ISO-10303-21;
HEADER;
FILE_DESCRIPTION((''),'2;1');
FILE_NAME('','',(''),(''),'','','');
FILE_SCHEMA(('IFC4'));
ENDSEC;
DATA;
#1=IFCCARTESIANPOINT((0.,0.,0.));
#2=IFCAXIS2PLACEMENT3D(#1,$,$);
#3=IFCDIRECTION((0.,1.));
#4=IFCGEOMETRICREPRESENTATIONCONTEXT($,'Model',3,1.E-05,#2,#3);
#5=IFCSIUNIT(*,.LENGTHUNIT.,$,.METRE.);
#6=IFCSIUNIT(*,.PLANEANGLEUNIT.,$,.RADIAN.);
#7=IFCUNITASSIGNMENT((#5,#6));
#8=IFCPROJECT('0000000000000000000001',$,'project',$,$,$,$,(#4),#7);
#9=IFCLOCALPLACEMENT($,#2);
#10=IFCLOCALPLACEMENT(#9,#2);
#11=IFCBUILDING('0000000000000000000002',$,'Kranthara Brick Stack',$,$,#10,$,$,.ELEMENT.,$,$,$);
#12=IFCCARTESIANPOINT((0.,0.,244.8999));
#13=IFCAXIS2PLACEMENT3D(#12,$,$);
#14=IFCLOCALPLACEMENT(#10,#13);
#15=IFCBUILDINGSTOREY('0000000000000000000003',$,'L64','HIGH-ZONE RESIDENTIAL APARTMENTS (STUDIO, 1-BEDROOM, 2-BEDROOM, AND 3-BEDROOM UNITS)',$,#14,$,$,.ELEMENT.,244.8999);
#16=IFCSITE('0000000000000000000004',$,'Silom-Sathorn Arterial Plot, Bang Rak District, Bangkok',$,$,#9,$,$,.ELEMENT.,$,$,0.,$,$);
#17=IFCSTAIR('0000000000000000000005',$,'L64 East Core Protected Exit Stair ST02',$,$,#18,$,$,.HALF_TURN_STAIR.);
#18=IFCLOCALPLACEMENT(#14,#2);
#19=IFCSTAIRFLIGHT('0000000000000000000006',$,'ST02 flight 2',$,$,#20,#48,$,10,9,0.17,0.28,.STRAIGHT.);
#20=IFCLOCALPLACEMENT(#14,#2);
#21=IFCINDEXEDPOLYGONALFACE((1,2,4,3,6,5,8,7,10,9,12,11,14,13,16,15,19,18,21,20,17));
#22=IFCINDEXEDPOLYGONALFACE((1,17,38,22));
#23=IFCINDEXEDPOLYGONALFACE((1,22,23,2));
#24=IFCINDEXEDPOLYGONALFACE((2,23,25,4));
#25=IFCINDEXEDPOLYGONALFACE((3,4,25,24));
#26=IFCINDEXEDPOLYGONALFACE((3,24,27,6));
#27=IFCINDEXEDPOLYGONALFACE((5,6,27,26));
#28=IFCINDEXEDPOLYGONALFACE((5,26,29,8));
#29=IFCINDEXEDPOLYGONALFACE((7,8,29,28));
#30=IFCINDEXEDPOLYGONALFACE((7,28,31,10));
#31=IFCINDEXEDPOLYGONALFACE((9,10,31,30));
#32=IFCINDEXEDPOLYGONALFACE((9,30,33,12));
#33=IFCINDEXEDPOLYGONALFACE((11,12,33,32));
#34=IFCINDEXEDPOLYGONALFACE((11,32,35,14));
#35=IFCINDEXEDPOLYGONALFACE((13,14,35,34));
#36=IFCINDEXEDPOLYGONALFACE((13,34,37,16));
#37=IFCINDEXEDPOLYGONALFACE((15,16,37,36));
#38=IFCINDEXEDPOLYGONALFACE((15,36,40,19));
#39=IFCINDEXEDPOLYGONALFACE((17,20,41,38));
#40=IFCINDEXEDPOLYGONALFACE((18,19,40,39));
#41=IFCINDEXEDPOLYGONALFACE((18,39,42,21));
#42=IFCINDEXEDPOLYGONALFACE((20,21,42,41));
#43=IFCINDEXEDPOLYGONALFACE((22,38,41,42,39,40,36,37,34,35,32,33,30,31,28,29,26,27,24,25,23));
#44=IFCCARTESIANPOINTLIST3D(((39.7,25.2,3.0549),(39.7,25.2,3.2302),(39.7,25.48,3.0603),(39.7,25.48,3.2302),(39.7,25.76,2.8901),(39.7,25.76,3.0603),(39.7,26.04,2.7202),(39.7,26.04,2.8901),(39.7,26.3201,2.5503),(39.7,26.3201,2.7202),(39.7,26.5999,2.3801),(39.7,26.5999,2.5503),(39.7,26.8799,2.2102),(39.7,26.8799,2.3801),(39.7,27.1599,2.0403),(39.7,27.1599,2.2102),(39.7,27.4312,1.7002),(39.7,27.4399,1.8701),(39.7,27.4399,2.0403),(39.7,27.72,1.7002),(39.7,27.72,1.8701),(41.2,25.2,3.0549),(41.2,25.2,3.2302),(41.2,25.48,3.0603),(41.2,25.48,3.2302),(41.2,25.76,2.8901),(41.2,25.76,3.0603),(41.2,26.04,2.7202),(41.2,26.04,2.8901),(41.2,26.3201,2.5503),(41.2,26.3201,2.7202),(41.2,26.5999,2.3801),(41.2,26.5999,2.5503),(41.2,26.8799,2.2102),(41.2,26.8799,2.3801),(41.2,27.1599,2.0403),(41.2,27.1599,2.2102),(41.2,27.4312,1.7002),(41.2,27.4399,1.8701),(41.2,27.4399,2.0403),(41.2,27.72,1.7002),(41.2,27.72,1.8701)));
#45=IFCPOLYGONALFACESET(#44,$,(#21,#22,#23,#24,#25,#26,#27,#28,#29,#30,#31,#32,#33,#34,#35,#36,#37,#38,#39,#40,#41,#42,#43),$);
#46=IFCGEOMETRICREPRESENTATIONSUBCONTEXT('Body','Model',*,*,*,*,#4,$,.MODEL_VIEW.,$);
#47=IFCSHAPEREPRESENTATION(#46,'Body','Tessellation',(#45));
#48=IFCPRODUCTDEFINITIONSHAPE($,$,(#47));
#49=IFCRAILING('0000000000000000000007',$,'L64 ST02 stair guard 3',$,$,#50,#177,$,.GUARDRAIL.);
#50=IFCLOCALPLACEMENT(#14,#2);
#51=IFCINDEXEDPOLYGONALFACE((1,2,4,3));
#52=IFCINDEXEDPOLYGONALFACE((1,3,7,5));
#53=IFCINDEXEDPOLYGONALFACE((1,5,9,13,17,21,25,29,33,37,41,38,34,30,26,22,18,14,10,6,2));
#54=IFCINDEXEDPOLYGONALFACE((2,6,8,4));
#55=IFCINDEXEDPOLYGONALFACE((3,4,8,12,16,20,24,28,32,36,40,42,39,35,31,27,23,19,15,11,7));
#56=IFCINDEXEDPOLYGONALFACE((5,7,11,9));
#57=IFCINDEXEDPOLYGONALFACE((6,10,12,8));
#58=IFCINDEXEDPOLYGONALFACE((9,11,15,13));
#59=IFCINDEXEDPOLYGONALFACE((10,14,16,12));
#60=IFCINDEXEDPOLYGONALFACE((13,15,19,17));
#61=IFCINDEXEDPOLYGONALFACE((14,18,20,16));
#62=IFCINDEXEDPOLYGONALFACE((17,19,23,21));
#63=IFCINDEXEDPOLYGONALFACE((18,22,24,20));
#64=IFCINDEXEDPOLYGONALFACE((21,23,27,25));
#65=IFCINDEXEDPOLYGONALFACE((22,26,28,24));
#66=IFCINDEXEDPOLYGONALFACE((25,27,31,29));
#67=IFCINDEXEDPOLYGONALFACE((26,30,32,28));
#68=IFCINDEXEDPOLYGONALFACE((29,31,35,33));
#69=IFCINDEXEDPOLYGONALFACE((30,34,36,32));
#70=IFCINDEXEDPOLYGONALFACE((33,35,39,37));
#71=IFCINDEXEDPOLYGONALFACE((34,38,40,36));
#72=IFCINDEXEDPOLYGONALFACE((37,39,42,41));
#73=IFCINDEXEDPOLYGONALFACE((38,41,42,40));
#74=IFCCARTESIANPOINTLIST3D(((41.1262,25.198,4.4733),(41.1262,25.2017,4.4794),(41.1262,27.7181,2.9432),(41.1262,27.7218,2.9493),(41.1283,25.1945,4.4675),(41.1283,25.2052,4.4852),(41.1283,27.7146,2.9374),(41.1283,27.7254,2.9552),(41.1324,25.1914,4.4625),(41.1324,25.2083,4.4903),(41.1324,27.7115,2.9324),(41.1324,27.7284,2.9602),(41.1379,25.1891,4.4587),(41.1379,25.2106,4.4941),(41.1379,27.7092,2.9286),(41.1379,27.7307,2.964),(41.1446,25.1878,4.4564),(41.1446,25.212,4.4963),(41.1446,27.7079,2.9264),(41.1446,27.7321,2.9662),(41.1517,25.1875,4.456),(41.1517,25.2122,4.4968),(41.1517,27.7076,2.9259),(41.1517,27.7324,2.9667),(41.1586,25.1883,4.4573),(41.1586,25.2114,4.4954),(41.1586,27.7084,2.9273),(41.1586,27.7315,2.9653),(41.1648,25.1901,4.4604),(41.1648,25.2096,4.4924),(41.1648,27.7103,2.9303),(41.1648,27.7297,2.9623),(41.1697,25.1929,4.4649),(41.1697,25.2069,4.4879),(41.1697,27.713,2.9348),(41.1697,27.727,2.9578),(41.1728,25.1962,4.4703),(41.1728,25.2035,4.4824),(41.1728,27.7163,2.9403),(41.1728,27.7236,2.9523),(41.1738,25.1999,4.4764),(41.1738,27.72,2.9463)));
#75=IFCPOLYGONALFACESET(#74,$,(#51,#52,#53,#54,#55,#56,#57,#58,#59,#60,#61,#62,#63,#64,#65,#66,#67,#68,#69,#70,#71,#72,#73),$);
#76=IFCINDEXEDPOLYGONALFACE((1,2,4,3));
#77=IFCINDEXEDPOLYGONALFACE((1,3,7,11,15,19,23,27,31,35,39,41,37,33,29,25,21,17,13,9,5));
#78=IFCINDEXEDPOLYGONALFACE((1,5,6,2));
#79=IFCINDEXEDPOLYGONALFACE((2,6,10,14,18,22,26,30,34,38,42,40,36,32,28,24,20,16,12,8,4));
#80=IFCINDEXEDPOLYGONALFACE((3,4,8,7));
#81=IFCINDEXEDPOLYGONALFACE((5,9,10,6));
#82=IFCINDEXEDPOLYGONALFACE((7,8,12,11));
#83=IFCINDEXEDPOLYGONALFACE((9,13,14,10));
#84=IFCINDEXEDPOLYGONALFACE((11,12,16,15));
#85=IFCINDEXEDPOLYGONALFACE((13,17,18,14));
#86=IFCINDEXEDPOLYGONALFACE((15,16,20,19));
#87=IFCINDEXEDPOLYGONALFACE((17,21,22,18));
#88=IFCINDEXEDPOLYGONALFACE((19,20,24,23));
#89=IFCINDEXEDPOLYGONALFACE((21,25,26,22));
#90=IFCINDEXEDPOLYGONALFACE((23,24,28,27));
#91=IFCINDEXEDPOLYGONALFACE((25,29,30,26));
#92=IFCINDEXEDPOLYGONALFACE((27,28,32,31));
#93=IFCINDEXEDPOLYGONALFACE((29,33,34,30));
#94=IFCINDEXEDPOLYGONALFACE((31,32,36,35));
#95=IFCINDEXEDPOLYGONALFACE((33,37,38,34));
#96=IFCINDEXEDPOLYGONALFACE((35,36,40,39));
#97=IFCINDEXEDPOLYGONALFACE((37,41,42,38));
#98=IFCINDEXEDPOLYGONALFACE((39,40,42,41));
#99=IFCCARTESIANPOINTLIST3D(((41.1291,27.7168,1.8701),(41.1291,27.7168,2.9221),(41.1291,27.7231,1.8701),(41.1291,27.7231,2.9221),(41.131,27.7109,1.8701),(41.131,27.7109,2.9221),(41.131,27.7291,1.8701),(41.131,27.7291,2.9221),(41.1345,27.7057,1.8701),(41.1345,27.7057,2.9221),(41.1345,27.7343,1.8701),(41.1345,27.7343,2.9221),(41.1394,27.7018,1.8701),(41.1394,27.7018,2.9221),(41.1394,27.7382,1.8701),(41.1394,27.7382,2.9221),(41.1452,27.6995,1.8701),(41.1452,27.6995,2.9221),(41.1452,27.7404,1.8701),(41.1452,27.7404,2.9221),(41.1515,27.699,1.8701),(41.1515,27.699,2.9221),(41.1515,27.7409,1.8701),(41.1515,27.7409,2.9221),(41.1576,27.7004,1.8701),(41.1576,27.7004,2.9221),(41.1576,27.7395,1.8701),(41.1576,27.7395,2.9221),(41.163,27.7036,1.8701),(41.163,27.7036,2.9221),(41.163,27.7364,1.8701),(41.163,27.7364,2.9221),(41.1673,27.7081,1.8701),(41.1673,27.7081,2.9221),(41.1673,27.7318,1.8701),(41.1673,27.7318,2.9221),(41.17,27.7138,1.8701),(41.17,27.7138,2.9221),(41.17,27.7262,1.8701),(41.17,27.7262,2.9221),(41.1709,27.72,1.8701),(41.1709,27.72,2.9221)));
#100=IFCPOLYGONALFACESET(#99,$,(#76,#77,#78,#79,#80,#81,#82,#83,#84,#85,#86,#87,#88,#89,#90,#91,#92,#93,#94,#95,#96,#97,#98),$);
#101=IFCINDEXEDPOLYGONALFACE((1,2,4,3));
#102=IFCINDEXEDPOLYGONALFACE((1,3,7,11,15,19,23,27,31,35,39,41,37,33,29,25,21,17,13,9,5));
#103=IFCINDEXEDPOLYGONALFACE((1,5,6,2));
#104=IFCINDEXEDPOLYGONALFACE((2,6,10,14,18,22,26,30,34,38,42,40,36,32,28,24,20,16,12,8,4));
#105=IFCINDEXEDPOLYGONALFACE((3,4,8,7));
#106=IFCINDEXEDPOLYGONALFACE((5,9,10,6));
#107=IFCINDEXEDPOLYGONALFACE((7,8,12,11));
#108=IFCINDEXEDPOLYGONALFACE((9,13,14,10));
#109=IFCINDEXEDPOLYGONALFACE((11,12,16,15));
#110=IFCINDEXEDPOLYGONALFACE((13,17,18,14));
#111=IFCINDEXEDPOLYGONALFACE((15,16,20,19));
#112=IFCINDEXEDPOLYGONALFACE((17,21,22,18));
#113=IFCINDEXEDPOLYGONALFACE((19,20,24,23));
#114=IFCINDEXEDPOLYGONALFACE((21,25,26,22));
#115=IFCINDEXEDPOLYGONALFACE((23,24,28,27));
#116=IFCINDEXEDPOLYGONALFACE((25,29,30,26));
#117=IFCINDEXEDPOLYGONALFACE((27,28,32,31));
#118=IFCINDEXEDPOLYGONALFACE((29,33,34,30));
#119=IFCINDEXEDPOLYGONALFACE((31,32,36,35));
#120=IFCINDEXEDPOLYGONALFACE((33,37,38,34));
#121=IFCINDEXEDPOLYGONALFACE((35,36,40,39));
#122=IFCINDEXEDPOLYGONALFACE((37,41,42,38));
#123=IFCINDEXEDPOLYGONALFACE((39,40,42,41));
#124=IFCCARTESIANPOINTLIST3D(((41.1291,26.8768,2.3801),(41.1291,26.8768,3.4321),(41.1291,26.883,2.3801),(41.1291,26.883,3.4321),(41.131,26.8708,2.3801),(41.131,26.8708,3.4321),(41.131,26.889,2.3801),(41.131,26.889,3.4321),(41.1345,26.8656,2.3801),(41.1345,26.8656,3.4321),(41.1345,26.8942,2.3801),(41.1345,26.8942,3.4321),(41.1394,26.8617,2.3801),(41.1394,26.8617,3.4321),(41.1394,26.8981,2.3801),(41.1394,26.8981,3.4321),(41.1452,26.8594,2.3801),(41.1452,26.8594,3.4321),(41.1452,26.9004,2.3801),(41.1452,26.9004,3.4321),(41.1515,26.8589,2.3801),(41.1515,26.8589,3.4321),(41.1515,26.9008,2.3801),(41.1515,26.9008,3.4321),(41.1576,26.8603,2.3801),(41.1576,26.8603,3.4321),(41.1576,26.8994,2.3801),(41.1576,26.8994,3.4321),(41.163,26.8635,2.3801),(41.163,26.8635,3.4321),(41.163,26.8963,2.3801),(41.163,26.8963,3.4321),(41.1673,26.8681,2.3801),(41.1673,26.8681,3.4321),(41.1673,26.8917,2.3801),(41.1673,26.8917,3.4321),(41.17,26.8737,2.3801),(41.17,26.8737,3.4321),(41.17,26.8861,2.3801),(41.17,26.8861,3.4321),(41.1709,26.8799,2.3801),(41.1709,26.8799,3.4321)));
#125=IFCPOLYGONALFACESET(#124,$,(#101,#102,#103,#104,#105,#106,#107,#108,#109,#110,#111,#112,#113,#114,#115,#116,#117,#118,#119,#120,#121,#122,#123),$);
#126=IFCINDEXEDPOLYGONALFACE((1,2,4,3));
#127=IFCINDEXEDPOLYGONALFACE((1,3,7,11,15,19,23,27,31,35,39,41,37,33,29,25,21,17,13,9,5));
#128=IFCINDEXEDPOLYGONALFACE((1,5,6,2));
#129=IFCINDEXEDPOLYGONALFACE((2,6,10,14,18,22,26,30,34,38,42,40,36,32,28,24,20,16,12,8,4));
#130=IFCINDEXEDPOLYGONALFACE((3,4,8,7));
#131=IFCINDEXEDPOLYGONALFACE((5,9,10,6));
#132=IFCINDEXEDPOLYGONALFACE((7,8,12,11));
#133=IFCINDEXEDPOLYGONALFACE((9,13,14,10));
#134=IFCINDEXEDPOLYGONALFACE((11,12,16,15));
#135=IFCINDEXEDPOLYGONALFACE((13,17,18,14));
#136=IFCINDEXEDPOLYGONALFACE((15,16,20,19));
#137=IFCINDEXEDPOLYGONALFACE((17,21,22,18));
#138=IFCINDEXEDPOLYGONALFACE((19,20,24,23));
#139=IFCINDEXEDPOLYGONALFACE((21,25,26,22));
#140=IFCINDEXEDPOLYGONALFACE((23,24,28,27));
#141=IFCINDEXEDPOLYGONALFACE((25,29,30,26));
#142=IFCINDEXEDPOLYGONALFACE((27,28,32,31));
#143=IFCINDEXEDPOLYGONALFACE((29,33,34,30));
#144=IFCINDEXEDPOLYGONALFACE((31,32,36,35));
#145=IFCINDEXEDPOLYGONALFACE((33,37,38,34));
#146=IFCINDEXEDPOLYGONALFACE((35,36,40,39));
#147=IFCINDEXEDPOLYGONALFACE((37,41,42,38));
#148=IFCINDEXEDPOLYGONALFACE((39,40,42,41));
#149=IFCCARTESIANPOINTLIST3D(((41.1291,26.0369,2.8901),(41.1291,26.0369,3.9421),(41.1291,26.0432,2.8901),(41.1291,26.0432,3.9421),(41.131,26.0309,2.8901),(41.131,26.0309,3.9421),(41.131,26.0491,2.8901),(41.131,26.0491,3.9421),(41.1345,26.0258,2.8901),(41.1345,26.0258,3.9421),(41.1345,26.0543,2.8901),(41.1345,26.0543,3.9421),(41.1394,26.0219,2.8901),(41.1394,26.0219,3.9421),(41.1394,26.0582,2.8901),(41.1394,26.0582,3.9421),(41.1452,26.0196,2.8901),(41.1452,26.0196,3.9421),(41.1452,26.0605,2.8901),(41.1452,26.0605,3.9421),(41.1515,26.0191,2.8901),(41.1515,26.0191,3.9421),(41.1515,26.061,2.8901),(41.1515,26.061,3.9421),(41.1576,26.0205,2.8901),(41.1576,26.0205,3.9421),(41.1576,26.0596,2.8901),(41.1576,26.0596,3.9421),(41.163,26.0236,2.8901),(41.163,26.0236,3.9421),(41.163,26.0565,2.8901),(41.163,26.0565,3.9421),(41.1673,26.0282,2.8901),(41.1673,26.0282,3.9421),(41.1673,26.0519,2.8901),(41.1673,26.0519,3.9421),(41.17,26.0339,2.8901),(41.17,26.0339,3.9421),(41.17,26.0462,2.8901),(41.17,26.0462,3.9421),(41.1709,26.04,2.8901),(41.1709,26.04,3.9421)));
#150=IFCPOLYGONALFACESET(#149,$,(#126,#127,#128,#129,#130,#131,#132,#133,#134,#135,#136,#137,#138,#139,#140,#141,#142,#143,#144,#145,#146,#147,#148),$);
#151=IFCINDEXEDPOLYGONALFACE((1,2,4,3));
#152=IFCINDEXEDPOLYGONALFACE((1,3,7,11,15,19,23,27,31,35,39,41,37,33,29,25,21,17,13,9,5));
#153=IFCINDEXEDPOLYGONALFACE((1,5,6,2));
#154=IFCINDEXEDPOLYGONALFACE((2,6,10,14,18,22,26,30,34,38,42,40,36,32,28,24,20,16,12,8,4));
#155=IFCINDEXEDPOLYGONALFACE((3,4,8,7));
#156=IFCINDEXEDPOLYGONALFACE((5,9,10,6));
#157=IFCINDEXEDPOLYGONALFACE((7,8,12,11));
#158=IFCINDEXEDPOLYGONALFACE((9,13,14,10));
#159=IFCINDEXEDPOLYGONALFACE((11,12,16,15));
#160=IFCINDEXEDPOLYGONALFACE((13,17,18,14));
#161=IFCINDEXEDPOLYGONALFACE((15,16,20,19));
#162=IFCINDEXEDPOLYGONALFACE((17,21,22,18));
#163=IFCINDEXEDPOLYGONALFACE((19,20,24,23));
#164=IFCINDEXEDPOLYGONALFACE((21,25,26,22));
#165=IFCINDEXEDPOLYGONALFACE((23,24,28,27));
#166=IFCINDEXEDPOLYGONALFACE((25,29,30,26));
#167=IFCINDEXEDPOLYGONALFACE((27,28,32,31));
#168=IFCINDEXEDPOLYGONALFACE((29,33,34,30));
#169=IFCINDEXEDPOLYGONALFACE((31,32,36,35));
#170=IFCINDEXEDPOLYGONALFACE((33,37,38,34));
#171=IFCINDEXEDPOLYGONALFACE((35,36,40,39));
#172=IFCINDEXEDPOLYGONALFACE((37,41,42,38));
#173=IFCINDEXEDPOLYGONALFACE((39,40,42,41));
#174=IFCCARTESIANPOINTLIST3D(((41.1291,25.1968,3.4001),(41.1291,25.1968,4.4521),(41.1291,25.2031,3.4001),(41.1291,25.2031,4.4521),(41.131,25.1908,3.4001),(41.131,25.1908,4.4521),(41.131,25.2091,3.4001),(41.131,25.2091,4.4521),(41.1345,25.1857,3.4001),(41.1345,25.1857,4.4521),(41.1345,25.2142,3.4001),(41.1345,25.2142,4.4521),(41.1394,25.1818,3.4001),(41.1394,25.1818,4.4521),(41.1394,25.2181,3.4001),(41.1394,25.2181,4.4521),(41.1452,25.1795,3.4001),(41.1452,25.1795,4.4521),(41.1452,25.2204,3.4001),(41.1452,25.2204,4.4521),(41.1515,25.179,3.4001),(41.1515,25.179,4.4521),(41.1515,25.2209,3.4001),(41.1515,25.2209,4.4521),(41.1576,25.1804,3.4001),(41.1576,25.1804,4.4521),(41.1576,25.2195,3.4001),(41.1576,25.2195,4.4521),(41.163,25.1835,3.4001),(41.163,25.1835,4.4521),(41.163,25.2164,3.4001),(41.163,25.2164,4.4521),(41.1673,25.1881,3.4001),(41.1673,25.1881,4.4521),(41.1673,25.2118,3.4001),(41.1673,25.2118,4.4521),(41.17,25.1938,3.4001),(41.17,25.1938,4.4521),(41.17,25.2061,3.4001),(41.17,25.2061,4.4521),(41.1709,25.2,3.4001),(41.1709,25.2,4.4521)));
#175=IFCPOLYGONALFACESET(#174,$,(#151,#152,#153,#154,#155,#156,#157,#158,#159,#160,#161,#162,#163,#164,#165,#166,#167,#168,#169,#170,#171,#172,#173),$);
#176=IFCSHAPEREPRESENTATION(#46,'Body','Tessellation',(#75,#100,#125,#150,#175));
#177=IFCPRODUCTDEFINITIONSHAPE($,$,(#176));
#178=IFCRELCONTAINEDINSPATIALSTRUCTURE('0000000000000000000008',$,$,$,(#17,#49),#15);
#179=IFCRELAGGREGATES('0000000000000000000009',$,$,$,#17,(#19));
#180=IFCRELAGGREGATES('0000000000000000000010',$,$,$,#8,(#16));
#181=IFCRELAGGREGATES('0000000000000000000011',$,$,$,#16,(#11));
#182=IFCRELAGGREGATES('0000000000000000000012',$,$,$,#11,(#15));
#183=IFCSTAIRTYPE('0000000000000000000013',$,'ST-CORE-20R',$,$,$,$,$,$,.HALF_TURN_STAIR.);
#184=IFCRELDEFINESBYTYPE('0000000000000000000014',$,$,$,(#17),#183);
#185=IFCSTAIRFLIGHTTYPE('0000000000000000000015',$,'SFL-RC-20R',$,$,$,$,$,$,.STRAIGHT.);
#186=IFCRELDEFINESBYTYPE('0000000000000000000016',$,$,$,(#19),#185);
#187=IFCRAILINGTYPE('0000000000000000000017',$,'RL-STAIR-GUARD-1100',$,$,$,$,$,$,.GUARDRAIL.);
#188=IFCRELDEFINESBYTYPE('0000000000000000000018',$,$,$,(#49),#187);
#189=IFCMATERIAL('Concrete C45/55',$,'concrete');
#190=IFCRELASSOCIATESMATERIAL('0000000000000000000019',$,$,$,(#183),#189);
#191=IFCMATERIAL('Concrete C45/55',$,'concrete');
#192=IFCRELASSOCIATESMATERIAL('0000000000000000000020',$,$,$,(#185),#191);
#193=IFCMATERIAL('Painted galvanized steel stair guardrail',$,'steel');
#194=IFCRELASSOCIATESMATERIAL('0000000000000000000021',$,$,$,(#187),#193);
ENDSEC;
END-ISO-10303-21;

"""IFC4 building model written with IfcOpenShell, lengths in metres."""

from ifc_helpers import new_model, si_unit, direction, frame, origin, origin_2d, place, context, subcontext, project, spatial, polyline, circle, outline, extrude, material, type_object, element, aggregate, save


model = new_model("IFC4")

# Units and contexts
model_context = context("Model", 3, precision=1e-05, world=origin(), true_north=direction((0.0, 1.0)))
body_context = subcontext(model_context, "Body", "Model", "MODEL_VIEW")
ifc_project = project(units=[si_unit("LENGTHUNIT", "METRE"), si_unit("PLANEANGLEUNIT", "RADIAN")], contexts=[model_context])

# Site, building, storey
site_placement = place(None, origin())
site = spatial("IfcSite", under=ifc_project, at=site_placement, Name="Silom-Sathorn Arterial Plot, Bang Rak District, Bangkok", CompositionType="ELEMENT", RefElevation=0.0)
building_placement = place(site_placement, origin())
building = spatial("IfcBuilding", under=site, at=building_placement, Name="Kranthara Brick Stack", CompositionType="ELEMENT")
storey_placement = place(building_placement, frame((0.0, 0.0, 244.8999)))
storey = spatial("IfcBuildingStorey", under=building, at=storey_placement, Name="L64", Description="HIGH-ZONE RESIDENTIAL APARTMENTS (STUDIO, 1-BEDROOM, 2-BEDROOM, AND 3-BEDROOM UNITS)", CompositionType="ELEMENT", Elevation=244.8999)

# Stair, stair flight
ifc_material_1 = material(Name="Concrete C45/55", Category="concrete")
stair_type = type_object("IfcStairType", Name="ST-CORE-20R", PredefinedType="HALF_TURN_STAIR", material=ifc_material_1)
stair_placement = place(storey_placement, origin())
stair = element("IfcStair", 1, at=stair_placement, inside=storey, type_object=stair_type, Name="L64 East Core Protected Exit Stair ST02", PredefinedType="HALF_TURN_STAIR")
ifc_material_2 = material(Name="Concrete C45/55", Category="concrete")
stair_flight_type = type_object("IfcStairFlightType", Name="SFL-RC-20R", PredefinedType="STRAIGHT", material=ifc_material_2)
stair_flight_placement = place(storey_placement, frame((40.45, 27.72, 1.7002), z_axis=(0.0, 0.0, 1.0), x_axis=(0.0, -1.0, 0.0)))
stair_flight = element("IfcStairFlight", 2, at=stair_flight_placement, type_object=stair_flight_type, Name="ST02 flight 2", NumberOfRisers=10, NumberOfTreads=9, PredefinedType="STRAIGHT", RiserHeight=0.17, TreadLength=0.28, context=body_context, shape_type="SweptSolid", body=[
    extrude(outline(polyline([(0.0, 0.0), (0.0, 0.1699), (0.28, 0.1699), (0.28, 0.3401), (0.5601, 0.3401), (0.5601, 0.51), (0.8401, 0.51), (0.8401, 0.6799), (1.1201, 0.6799), (1.1201, 0.8501), (1.3999, 0.8501), (1.3999, 1.02), (1.6799, 1.02), (1.6799, 1.1899), (1.96, 1.1899), (1.96, 1.3601), (2.24, 1.3601), (2.24, 1.53), (2.52, 1.53), (2.52, 1.7), (2.52, 1.3547), (0.2888, 0.0), (0.0, 0.0)])), frame((0.0, 0.75, 0.0), z_axis=(0.0, -1.0, 0.0), x_axis=(1.0, 0.0, 0.0)), (0.0, 0.0, 1.0), 1.5),
])
aggregate(stair, [stair_flight])

# Railing
ifc_material_3 = material(Name="Painted galvanized steel stair guardrail", Category="steel")
railing_type_1 = type_object("IfcRailingType", Name="RL-STAIR-GUARD-1100", PredefinedType="GUARDRAIL", material=ifc_material_3)
railing_1_placement = place(storey_placement, frame((41.1499, 27.72, 1.8701)))
element("IfcRailing", 3, at=railing_1_placement, inside=storey, type_object=railing_type_1, Name="L64 ST02 stair guard 3", PredefinedType="GUARDRAIL", context=body_context, shape_type="SweptSolid", body=[
    extrude(circle(Radius=0.0239, at=origin_2d()), frame((0.0, 0.0, 1.0762), z_axis=(0.0, -0.854785, 0.518982), x_axis=(1.0, 0.0, 0.0)), (0.0, 0.0, 1.0), 2.9482),
    extrude(circle(Radius=0.021, at=origin_2d()), origin(), (0.0, 0.0, 1.0), 1.052),
    extrude(circle(Radius=0.021, at=origin_2d()), frame((0.0, -0.8401, 0.51)), (0.0, 0.0, 1.0), 1.052),
    extrude(circle(Radius=0.021, at=origin_2d()), frame((0.0, -1.6799, 1.02)), (0.0, 0.0, 1.0), 1.052),
    extrude(circle(Radius=0.021, at=origin_2d()), frame((0.0, -2.52, 1.53)), (0.0, 0.0, 1.0), 1.052),
])

save(model, "model.ifc")
